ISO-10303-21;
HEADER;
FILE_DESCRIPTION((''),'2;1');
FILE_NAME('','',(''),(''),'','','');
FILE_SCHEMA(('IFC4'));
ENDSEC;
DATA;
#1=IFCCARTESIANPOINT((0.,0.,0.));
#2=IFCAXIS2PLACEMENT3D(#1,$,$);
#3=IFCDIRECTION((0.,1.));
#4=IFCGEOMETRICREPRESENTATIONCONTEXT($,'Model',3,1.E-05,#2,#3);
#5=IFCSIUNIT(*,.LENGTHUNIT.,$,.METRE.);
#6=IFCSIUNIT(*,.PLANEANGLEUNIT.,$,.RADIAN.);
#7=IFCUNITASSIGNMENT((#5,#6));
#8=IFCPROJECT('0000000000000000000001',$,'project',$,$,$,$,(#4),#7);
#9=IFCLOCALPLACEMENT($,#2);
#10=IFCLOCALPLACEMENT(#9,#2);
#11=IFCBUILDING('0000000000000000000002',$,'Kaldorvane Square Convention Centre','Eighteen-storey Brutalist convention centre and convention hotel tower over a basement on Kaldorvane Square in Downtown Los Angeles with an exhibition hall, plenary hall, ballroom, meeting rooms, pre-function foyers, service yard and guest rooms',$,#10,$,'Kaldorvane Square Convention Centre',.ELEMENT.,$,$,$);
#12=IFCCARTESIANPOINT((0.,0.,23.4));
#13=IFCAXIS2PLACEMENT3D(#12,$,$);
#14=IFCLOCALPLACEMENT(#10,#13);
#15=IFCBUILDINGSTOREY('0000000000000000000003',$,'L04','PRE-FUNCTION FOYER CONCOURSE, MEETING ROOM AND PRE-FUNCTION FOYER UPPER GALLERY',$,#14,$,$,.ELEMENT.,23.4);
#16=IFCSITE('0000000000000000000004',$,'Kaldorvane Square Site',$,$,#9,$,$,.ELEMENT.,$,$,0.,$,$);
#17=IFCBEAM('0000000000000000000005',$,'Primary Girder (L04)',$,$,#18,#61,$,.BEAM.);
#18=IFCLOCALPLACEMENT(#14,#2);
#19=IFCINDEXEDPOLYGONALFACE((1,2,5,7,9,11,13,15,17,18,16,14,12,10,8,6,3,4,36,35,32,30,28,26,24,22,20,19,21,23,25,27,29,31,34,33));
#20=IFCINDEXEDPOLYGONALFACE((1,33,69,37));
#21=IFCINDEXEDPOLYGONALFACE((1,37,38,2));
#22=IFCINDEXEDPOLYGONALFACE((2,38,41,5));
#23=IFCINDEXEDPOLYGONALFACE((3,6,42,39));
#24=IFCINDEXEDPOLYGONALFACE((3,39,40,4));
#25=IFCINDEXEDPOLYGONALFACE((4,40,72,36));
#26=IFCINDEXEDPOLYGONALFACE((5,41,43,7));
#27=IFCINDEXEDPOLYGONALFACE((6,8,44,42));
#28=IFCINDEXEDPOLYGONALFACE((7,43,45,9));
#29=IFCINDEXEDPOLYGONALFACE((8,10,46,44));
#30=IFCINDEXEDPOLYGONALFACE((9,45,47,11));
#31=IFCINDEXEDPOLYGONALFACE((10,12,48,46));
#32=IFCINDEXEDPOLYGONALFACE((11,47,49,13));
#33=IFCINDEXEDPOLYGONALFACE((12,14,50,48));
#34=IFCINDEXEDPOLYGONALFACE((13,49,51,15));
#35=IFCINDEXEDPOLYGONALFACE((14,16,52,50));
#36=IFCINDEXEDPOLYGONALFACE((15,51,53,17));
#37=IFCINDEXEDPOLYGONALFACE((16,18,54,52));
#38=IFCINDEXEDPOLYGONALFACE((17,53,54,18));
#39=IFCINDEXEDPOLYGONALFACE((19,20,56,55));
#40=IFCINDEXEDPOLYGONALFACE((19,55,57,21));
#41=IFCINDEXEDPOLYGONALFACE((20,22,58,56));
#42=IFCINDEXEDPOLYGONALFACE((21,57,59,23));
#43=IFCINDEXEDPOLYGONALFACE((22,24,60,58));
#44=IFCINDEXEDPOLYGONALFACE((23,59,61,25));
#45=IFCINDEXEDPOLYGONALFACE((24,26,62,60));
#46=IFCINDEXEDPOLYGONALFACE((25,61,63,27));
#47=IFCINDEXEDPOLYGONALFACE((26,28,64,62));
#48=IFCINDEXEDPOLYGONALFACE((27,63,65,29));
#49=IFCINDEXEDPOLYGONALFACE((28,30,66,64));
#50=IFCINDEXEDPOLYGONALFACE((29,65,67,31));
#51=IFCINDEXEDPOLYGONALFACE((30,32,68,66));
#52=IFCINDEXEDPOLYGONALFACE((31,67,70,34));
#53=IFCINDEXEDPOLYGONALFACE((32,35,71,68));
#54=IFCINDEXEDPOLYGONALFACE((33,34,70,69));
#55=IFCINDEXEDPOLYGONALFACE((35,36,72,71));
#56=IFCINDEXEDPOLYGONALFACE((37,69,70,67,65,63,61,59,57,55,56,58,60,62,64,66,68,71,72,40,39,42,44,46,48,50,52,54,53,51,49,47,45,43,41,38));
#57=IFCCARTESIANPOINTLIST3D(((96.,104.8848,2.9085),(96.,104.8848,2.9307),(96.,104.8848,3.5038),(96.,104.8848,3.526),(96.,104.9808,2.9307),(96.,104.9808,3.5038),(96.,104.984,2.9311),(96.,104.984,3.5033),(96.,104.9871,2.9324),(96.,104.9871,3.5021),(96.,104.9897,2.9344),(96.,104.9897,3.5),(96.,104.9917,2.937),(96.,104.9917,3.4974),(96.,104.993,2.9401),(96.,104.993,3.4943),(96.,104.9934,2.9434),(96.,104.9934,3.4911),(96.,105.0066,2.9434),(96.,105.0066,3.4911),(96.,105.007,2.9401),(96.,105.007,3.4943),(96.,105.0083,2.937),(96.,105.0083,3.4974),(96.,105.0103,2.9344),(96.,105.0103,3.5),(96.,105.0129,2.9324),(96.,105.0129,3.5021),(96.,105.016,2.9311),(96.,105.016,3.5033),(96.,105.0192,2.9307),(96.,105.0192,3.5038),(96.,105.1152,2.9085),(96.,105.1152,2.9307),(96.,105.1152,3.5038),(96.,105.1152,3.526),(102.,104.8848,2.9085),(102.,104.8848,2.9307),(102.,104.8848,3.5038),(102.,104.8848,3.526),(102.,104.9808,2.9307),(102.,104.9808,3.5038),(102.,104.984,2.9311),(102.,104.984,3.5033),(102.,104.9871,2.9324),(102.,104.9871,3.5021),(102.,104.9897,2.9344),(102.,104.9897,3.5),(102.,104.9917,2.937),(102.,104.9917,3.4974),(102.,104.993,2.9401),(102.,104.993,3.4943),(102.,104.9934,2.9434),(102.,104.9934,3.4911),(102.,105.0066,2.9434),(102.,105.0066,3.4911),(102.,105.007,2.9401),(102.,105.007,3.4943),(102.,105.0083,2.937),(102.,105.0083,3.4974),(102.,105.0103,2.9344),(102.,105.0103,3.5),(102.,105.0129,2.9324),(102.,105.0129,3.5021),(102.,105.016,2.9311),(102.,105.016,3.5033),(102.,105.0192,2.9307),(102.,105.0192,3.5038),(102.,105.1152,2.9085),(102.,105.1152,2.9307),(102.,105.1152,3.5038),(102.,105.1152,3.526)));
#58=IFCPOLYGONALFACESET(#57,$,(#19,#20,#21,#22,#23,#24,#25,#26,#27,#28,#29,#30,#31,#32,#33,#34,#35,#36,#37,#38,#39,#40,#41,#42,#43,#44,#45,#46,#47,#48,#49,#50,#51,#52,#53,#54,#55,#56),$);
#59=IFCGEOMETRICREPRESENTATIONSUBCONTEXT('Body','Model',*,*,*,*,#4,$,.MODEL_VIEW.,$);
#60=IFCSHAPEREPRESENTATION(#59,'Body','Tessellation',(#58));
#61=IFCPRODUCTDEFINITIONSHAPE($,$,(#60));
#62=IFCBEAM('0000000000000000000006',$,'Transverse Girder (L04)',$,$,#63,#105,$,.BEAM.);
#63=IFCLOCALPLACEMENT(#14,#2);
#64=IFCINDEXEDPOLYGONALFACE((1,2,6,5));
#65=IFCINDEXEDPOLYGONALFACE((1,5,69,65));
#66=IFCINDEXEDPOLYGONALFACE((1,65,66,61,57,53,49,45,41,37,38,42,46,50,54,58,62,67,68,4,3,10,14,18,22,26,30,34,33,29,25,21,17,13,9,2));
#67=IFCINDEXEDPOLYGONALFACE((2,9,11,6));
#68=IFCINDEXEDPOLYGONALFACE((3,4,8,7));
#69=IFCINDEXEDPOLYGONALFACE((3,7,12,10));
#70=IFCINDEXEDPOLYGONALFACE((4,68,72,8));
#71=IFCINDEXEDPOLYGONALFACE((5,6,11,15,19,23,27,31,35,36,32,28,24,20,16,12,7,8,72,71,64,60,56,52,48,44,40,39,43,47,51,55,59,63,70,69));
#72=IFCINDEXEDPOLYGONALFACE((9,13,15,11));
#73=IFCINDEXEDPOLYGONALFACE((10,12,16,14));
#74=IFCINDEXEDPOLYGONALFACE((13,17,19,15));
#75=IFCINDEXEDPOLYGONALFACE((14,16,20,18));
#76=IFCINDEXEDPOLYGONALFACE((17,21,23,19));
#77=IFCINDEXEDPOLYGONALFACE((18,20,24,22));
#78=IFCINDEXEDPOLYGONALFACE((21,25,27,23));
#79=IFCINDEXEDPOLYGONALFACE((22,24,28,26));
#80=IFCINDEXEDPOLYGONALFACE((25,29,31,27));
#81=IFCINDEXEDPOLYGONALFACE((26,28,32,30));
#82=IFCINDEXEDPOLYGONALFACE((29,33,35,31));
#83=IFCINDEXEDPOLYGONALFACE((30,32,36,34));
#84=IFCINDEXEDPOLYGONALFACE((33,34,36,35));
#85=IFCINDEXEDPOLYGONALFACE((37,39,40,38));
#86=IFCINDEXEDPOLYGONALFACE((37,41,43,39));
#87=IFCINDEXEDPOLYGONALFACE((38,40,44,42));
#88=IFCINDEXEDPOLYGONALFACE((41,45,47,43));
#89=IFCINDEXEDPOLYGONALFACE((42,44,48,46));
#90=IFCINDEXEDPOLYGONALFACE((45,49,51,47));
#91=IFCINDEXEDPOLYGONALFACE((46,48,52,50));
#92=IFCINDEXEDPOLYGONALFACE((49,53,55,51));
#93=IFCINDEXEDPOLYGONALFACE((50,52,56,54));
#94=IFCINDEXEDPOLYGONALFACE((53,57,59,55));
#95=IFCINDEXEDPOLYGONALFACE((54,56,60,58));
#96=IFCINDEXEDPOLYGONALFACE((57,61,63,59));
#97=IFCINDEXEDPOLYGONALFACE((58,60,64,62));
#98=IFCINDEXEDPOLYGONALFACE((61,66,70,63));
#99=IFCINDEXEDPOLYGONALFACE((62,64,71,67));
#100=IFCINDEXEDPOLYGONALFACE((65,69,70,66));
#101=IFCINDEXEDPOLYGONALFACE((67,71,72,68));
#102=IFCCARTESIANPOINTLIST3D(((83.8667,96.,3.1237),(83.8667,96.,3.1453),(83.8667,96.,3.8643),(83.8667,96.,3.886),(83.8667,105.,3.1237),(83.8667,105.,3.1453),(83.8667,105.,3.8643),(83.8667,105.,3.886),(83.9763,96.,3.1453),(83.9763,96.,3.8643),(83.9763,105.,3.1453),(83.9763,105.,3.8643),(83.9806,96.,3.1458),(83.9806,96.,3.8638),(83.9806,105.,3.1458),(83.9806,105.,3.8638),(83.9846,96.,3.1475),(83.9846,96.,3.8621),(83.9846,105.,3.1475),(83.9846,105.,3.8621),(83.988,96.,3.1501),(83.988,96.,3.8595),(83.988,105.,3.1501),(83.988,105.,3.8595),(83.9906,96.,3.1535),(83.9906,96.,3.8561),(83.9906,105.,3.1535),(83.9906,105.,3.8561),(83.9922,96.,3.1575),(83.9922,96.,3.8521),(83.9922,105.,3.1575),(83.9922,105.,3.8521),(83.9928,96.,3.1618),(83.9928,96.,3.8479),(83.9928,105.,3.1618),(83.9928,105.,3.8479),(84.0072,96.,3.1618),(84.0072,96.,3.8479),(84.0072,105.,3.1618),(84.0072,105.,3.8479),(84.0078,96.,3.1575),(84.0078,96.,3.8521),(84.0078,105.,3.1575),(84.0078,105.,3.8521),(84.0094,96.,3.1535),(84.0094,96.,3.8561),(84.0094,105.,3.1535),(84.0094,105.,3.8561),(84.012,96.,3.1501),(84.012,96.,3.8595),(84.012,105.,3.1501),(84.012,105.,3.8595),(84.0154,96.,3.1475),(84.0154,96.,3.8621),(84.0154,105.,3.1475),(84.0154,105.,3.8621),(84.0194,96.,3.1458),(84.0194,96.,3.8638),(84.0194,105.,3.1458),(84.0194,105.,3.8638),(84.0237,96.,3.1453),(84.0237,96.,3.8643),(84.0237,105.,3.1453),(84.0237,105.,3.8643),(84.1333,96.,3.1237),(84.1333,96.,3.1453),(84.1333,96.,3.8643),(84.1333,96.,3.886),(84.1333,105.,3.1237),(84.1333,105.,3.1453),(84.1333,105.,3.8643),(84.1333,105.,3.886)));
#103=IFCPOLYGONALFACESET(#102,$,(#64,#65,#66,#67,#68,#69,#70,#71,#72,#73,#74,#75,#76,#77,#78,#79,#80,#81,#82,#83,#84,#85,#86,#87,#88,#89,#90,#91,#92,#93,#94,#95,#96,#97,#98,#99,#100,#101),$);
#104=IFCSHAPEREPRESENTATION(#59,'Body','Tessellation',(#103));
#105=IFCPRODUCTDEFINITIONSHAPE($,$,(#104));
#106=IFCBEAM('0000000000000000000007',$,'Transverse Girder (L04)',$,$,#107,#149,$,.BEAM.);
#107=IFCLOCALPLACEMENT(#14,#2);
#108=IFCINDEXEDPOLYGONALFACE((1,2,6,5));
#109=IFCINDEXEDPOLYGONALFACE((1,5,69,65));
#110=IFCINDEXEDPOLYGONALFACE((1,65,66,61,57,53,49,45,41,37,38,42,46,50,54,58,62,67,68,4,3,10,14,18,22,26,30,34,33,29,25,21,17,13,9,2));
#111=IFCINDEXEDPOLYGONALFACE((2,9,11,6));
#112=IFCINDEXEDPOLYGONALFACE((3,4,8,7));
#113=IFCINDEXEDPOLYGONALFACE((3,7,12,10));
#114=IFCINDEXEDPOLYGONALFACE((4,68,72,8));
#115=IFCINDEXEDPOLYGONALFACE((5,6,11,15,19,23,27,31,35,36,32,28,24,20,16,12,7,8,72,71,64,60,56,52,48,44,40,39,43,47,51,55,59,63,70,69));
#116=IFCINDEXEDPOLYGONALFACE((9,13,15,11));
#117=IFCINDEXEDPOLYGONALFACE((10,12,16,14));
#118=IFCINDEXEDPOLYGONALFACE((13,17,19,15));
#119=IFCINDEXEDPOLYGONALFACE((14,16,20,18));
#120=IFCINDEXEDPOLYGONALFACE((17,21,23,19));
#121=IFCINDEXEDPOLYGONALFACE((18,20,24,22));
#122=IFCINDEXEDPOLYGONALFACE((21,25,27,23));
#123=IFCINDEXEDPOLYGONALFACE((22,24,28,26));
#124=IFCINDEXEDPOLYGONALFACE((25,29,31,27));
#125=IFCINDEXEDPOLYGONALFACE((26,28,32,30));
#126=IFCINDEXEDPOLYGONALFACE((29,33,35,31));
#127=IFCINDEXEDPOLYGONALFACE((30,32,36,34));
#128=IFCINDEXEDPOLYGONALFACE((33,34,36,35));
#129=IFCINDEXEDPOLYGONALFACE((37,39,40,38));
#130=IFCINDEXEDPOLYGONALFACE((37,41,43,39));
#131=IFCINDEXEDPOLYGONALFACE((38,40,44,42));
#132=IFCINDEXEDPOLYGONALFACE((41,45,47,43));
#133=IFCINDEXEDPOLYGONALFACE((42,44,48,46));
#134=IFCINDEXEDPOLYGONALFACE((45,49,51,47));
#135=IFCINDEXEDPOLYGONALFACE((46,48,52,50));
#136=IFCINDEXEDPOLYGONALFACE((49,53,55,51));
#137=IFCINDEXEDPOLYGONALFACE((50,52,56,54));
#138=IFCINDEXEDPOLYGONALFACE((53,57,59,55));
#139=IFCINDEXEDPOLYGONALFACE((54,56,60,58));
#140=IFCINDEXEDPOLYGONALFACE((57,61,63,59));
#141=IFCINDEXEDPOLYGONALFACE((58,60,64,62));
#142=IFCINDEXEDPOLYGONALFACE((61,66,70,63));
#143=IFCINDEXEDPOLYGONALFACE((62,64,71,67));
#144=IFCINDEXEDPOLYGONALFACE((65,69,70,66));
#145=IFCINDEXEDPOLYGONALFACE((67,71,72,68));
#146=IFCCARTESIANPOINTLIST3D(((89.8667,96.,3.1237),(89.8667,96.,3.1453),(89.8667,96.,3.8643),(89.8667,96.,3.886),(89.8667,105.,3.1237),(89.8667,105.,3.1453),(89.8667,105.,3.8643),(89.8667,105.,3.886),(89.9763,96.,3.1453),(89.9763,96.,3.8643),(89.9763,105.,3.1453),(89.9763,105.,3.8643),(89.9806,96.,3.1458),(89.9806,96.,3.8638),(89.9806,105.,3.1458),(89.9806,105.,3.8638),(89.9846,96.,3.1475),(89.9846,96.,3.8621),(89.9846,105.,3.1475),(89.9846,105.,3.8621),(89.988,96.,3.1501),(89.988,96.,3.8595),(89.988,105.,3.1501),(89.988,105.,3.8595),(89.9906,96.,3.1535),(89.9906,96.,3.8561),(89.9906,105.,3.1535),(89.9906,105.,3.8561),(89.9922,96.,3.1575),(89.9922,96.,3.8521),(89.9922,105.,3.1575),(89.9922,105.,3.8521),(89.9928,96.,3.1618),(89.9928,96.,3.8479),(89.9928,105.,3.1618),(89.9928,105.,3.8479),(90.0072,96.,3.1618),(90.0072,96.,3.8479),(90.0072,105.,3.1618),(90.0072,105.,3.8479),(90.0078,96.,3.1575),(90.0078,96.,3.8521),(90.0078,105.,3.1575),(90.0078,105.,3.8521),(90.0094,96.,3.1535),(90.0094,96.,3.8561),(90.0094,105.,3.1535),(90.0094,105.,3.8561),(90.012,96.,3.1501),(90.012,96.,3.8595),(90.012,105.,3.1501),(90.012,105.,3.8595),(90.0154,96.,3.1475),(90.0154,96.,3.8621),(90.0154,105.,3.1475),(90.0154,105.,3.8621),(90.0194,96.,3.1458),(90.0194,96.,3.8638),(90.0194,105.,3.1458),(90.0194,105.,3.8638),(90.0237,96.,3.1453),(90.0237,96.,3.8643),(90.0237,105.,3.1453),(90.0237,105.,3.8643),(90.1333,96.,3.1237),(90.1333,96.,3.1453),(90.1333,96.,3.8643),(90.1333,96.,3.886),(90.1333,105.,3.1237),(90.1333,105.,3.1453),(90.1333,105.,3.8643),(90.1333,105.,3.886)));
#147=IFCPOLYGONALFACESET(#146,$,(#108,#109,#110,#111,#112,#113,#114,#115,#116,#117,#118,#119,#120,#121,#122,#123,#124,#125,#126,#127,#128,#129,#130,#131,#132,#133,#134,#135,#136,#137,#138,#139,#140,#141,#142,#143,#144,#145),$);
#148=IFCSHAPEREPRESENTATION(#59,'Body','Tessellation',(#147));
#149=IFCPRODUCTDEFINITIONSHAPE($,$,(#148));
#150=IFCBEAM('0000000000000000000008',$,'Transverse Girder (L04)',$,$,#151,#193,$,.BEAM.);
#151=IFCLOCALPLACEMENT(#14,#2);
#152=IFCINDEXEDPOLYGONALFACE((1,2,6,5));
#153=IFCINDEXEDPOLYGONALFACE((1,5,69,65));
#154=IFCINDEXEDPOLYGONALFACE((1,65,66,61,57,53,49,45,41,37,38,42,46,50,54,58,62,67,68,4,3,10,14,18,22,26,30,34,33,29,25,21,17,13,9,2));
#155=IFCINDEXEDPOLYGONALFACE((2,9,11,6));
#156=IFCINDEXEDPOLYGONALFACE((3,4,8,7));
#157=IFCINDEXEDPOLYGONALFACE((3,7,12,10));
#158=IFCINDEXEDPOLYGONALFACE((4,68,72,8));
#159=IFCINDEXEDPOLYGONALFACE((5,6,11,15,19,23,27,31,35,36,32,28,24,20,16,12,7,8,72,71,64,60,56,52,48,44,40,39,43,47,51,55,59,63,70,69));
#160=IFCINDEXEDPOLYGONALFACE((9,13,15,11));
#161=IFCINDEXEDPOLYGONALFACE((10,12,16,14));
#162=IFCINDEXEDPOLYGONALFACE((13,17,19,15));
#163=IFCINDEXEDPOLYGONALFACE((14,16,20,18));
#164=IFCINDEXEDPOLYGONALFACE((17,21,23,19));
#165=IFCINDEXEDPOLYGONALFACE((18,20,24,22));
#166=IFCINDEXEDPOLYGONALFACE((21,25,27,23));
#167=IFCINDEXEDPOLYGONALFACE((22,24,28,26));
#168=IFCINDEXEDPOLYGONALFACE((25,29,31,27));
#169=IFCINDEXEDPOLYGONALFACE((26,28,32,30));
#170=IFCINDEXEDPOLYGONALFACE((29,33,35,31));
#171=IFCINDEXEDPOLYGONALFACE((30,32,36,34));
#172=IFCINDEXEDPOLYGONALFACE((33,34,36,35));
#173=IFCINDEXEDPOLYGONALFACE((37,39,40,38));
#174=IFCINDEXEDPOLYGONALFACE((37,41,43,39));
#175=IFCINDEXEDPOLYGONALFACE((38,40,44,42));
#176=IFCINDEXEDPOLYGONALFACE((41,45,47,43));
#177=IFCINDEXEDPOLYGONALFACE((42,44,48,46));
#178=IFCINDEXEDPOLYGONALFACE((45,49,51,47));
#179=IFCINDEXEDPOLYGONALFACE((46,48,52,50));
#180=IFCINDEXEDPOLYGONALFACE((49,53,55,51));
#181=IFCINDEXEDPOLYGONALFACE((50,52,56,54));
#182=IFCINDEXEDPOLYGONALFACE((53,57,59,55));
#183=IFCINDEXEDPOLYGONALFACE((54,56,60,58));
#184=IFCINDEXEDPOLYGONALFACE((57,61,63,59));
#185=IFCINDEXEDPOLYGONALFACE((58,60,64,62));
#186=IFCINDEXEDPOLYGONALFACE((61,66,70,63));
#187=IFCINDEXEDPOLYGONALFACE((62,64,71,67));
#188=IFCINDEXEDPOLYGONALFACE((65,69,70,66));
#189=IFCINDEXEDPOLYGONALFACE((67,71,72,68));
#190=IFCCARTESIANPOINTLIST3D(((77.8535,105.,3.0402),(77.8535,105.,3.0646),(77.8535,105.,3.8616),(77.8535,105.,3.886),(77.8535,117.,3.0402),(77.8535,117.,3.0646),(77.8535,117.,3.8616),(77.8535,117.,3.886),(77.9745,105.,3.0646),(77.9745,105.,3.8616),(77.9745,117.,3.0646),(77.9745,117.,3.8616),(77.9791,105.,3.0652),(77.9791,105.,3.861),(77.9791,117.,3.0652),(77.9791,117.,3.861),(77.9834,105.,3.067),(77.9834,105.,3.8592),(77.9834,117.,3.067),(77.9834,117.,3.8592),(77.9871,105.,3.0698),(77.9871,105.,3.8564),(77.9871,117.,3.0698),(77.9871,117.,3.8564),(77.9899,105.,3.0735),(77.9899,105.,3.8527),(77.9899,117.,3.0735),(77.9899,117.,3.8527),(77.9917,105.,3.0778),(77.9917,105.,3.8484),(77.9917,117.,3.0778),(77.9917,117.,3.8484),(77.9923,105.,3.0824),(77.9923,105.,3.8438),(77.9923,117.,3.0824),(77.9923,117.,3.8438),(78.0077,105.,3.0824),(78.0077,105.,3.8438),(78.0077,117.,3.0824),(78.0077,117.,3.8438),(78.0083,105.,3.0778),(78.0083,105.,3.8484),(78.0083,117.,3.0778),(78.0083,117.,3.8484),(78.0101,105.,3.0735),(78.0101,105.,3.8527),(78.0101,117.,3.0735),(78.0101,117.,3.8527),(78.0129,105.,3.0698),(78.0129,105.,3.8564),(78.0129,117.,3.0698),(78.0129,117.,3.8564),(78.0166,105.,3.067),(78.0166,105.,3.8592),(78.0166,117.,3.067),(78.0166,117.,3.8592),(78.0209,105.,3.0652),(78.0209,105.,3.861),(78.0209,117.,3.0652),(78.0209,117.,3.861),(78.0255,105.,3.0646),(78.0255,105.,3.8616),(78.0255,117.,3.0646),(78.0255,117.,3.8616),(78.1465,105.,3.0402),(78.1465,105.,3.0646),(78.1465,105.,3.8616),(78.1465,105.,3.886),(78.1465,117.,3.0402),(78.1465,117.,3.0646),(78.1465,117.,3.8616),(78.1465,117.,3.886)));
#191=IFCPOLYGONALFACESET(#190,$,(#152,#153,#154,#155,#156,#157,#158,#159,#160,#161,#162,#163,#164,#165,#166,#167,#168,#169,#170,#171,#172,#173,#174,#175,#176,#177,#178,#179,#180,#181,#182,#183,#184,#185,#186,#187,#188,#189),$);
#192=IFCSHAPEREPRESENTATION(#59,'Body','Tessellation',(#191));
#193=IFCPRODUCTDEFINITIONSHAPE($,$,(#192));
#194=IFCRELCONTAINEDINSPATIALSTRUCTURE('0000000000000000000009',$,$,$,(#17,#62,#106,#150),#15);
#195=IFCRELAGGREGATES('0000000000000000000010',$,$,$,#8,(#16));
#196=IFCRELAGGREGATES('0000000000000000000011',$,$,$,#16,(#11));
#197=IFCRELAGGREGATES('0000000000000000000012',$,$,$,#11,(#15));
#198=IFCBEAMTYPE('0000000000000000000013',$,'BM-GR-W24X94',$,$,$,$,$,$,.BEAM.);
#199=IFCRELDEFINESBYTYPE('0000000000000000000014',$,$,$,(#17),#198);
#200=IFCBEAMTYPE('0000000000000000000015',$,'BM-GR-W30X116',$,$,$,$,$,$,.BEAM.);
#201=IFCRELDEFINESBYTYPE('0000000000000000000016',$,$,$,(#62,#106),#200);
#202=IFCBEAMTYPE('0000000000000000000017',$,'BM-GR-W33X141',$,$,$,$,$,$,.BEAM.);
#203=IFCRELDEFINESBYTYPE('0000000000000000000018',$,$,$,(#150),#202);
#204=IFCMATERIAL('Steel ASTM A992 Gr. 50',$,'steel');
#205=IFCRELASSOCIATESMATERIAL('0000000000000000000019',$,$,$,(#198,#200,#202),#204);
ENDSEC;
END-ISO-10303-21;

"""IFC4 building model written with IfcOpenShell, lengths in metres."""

from ifc_helpers import new_model, si_unit, direction, frame, origin, origin_2d, place, context, subcontext, project, spatial, i_section, extrude, material, material_profile, profile_set, type_object, element, save


model = new_model("IFC4")

# Units and contexts
model_context = context("Model", 3, precision=1e-05, world=origin(), true_north=direction((0.0, 1.0)))
body_context = subcontext(model_context, "Body", "Model", "MODEL_VIEW")
ifc_project = project(units=[si_unit("LENGTHUNIT", "METRE"), si_unit("PLANEANGLEUNIT", "RADIAN")], contexts=[model_context])

# Site, building, storey
site_placement = place(None, origin())
site = spatial("IfcSite", under=ifc_project, at=site_placement, Name="Kaldorvane Square Site", CompositionType="ELEMENT", RefElevation=0.0)
building_placement = place(site_placement, origin())
building = spatial("IfcBuilding", under=site, at=building_placement, Name="Kaldorvane Square Convention Centre", Description="Eighteen-storey Brutalist convention centre and convention hotel tower over a basement on Kaldorvane Square in Downtown Los Angeles with an exhibition hall, plenary hall, ballroom, meeting rooms, pre-function foyers, service yard and guest rooms", LongName="Kaldorvane Square Convention Centre", CompositionType="ELEMENT")
storey_placement = place(building_placement, frame((0.0, 0.0, 23.4)))
storey = spatial("IfcBuildingStorey", under=building, at=storey_placement, Name="L04", Description="PRE-FUNCTION FOYER CONCOURSE, MEETING ROOM AND PRE-FUNCTION FOYER UPPER GALLERY", CompositionType="ELEMENT", Elevation=23.4)

# Shared definitions
ifc_material_1 = material(Name="Steel ASTM A992 Gr. 50", Category="steel")

# Beams
ifc_material_profile_1 = material_profile(ifc_material_1, i_section(OverallWidth=0.2303, OverallDepth=0.6175, WebThickness=0.0131, FlangeThickness=0.0222, FilletRadius=0.0127, at=origin_2d()), Name="W24X94")
ifc_profile_set_1 = profile_set([ifc_material_profile_1], Name="Steel ASTM A992 Gr. 50")
beam_type_1 = type_object("IfcBeamType", Name="BM-GR-W24X94", PredefinedType="BEAM", material=ifc_profile_set_1)
for number, where, z_axis, x_axis, name in (
    (1, (96.0, 105.0, 3.2172), (1.0, 0.0, 0.0), (0.0, 1.0, 0.0), "Primary Girder (L04)"),
):
    element("IfcBeam", number, at=place(storey_placement, frame(where, z_axis=z_axis, x_axis=x_axis)), inside=storey, type_object=beam_type_1, Name=name, PredefinedType="BEAM", context=body_context, shape_type="SweptSolid", body=[
        extrude(i_section(OverallWidth=0.2303, OverallDepth=0.6175, WebThickness=0.0131, FlangeThickness=0.0222, FilletRadius=0.0127, at=origin_2d()), origin(), (0.0, 0.0, 1.0), 6.0),
    ])
ifc_material_profile_2 = material_profile(ifc_material_1, i_section(OverallWidth=0.2666, OverallDepth=0.7623, WebThickness=0.0144, FlangeThickness=0.0216, FilletRadius=0.0165, at=origin_2d()), Name="W30X116")
ifc_profile_set_2 = profile_set([ifc_material_profile_2], Name="Steel ASTM A992 Gr. 50")
beam_type_2 = type_object("IfcBeamType", Name="BM-GR-W30X116", PredefinedType="BEAM", material=ifc_profile_set_2)
for number, where, z_axis, x_axis, name in (
    (2, (84.0, 96.0, 3.5048), (0.0, 1.0, 0.0), (-1.0, 0.0, 0.0), "Transverse Girder (L04)"),
    (3, (90.0, 96.0, 3.5048), (0.0, 1.0, 0.0), (-1.0, 0.0, 0.0), "Transverse Girder (L04)"),
):
    element("IfcBeam", number, at=place(storey_placement, frame(where, z_axis=z_axis, x_axis=x_axis)), inside=storey, type_object=beam_type_2, Name=name, PredefinedType="BEAM", context=body_context, shape_type="SweptSolid", body=[
        extrude(i_section(OverallWidth=0.2666, OverallDepth=0.7623, WebThickness=0.0144, FlangeThickness=0.0216, FilletRadius=0.0165, at=origin_2d()), origin(), (0.0, 0.0, 1.0), 9.0),
    ])
ifc_material_profile_3 = material_profile(ifc_material_1, i_section(OverallWidth=0.293, OverallDepth=0.8458, WebThickness=0.0154, FlangeThickness=0.0244, FilletRadius=0.0178, at=origin_2d()), Name="W33X141")
ifc_profile_set_3 = profile_set([ifc_material_profile_3], Name="Steel ASTM A992 Gr. 50")
beam_type_3 = type_object("IfcBeamType", Name="BM-GR-W33X141", PredefinedType="BEAM", material=ifc_profile_set_3)
for number, where, z_axis, x_axis, name in (
    (4, (78.0, 105.0, 3.4631), (0.0, 1.0, 0.0), (-1.0, 0.0, 0.0), "Transverse Girder (L04)"),
):
    element("IfcBeam", number, at=place(storey_placement, frame(where, z_axis=z_axis, x_axis=x_axis)), inside=storey, type_object=beam_type_3, Name=name, PredefinedType="BEAM", context=body_context, shape_type="SweptSolid", body=[
        extrude(i_section(OverallWidth=0.293, OverallDepth=0.8458, WebThickness=0.0154, FlangeThickness=0.0244, FilletRadius=0.0178, at=origin_2d()), origin(), (0.0, 0.0, 1.0), 12.0),
    ])

save(model, "model.ifc")
